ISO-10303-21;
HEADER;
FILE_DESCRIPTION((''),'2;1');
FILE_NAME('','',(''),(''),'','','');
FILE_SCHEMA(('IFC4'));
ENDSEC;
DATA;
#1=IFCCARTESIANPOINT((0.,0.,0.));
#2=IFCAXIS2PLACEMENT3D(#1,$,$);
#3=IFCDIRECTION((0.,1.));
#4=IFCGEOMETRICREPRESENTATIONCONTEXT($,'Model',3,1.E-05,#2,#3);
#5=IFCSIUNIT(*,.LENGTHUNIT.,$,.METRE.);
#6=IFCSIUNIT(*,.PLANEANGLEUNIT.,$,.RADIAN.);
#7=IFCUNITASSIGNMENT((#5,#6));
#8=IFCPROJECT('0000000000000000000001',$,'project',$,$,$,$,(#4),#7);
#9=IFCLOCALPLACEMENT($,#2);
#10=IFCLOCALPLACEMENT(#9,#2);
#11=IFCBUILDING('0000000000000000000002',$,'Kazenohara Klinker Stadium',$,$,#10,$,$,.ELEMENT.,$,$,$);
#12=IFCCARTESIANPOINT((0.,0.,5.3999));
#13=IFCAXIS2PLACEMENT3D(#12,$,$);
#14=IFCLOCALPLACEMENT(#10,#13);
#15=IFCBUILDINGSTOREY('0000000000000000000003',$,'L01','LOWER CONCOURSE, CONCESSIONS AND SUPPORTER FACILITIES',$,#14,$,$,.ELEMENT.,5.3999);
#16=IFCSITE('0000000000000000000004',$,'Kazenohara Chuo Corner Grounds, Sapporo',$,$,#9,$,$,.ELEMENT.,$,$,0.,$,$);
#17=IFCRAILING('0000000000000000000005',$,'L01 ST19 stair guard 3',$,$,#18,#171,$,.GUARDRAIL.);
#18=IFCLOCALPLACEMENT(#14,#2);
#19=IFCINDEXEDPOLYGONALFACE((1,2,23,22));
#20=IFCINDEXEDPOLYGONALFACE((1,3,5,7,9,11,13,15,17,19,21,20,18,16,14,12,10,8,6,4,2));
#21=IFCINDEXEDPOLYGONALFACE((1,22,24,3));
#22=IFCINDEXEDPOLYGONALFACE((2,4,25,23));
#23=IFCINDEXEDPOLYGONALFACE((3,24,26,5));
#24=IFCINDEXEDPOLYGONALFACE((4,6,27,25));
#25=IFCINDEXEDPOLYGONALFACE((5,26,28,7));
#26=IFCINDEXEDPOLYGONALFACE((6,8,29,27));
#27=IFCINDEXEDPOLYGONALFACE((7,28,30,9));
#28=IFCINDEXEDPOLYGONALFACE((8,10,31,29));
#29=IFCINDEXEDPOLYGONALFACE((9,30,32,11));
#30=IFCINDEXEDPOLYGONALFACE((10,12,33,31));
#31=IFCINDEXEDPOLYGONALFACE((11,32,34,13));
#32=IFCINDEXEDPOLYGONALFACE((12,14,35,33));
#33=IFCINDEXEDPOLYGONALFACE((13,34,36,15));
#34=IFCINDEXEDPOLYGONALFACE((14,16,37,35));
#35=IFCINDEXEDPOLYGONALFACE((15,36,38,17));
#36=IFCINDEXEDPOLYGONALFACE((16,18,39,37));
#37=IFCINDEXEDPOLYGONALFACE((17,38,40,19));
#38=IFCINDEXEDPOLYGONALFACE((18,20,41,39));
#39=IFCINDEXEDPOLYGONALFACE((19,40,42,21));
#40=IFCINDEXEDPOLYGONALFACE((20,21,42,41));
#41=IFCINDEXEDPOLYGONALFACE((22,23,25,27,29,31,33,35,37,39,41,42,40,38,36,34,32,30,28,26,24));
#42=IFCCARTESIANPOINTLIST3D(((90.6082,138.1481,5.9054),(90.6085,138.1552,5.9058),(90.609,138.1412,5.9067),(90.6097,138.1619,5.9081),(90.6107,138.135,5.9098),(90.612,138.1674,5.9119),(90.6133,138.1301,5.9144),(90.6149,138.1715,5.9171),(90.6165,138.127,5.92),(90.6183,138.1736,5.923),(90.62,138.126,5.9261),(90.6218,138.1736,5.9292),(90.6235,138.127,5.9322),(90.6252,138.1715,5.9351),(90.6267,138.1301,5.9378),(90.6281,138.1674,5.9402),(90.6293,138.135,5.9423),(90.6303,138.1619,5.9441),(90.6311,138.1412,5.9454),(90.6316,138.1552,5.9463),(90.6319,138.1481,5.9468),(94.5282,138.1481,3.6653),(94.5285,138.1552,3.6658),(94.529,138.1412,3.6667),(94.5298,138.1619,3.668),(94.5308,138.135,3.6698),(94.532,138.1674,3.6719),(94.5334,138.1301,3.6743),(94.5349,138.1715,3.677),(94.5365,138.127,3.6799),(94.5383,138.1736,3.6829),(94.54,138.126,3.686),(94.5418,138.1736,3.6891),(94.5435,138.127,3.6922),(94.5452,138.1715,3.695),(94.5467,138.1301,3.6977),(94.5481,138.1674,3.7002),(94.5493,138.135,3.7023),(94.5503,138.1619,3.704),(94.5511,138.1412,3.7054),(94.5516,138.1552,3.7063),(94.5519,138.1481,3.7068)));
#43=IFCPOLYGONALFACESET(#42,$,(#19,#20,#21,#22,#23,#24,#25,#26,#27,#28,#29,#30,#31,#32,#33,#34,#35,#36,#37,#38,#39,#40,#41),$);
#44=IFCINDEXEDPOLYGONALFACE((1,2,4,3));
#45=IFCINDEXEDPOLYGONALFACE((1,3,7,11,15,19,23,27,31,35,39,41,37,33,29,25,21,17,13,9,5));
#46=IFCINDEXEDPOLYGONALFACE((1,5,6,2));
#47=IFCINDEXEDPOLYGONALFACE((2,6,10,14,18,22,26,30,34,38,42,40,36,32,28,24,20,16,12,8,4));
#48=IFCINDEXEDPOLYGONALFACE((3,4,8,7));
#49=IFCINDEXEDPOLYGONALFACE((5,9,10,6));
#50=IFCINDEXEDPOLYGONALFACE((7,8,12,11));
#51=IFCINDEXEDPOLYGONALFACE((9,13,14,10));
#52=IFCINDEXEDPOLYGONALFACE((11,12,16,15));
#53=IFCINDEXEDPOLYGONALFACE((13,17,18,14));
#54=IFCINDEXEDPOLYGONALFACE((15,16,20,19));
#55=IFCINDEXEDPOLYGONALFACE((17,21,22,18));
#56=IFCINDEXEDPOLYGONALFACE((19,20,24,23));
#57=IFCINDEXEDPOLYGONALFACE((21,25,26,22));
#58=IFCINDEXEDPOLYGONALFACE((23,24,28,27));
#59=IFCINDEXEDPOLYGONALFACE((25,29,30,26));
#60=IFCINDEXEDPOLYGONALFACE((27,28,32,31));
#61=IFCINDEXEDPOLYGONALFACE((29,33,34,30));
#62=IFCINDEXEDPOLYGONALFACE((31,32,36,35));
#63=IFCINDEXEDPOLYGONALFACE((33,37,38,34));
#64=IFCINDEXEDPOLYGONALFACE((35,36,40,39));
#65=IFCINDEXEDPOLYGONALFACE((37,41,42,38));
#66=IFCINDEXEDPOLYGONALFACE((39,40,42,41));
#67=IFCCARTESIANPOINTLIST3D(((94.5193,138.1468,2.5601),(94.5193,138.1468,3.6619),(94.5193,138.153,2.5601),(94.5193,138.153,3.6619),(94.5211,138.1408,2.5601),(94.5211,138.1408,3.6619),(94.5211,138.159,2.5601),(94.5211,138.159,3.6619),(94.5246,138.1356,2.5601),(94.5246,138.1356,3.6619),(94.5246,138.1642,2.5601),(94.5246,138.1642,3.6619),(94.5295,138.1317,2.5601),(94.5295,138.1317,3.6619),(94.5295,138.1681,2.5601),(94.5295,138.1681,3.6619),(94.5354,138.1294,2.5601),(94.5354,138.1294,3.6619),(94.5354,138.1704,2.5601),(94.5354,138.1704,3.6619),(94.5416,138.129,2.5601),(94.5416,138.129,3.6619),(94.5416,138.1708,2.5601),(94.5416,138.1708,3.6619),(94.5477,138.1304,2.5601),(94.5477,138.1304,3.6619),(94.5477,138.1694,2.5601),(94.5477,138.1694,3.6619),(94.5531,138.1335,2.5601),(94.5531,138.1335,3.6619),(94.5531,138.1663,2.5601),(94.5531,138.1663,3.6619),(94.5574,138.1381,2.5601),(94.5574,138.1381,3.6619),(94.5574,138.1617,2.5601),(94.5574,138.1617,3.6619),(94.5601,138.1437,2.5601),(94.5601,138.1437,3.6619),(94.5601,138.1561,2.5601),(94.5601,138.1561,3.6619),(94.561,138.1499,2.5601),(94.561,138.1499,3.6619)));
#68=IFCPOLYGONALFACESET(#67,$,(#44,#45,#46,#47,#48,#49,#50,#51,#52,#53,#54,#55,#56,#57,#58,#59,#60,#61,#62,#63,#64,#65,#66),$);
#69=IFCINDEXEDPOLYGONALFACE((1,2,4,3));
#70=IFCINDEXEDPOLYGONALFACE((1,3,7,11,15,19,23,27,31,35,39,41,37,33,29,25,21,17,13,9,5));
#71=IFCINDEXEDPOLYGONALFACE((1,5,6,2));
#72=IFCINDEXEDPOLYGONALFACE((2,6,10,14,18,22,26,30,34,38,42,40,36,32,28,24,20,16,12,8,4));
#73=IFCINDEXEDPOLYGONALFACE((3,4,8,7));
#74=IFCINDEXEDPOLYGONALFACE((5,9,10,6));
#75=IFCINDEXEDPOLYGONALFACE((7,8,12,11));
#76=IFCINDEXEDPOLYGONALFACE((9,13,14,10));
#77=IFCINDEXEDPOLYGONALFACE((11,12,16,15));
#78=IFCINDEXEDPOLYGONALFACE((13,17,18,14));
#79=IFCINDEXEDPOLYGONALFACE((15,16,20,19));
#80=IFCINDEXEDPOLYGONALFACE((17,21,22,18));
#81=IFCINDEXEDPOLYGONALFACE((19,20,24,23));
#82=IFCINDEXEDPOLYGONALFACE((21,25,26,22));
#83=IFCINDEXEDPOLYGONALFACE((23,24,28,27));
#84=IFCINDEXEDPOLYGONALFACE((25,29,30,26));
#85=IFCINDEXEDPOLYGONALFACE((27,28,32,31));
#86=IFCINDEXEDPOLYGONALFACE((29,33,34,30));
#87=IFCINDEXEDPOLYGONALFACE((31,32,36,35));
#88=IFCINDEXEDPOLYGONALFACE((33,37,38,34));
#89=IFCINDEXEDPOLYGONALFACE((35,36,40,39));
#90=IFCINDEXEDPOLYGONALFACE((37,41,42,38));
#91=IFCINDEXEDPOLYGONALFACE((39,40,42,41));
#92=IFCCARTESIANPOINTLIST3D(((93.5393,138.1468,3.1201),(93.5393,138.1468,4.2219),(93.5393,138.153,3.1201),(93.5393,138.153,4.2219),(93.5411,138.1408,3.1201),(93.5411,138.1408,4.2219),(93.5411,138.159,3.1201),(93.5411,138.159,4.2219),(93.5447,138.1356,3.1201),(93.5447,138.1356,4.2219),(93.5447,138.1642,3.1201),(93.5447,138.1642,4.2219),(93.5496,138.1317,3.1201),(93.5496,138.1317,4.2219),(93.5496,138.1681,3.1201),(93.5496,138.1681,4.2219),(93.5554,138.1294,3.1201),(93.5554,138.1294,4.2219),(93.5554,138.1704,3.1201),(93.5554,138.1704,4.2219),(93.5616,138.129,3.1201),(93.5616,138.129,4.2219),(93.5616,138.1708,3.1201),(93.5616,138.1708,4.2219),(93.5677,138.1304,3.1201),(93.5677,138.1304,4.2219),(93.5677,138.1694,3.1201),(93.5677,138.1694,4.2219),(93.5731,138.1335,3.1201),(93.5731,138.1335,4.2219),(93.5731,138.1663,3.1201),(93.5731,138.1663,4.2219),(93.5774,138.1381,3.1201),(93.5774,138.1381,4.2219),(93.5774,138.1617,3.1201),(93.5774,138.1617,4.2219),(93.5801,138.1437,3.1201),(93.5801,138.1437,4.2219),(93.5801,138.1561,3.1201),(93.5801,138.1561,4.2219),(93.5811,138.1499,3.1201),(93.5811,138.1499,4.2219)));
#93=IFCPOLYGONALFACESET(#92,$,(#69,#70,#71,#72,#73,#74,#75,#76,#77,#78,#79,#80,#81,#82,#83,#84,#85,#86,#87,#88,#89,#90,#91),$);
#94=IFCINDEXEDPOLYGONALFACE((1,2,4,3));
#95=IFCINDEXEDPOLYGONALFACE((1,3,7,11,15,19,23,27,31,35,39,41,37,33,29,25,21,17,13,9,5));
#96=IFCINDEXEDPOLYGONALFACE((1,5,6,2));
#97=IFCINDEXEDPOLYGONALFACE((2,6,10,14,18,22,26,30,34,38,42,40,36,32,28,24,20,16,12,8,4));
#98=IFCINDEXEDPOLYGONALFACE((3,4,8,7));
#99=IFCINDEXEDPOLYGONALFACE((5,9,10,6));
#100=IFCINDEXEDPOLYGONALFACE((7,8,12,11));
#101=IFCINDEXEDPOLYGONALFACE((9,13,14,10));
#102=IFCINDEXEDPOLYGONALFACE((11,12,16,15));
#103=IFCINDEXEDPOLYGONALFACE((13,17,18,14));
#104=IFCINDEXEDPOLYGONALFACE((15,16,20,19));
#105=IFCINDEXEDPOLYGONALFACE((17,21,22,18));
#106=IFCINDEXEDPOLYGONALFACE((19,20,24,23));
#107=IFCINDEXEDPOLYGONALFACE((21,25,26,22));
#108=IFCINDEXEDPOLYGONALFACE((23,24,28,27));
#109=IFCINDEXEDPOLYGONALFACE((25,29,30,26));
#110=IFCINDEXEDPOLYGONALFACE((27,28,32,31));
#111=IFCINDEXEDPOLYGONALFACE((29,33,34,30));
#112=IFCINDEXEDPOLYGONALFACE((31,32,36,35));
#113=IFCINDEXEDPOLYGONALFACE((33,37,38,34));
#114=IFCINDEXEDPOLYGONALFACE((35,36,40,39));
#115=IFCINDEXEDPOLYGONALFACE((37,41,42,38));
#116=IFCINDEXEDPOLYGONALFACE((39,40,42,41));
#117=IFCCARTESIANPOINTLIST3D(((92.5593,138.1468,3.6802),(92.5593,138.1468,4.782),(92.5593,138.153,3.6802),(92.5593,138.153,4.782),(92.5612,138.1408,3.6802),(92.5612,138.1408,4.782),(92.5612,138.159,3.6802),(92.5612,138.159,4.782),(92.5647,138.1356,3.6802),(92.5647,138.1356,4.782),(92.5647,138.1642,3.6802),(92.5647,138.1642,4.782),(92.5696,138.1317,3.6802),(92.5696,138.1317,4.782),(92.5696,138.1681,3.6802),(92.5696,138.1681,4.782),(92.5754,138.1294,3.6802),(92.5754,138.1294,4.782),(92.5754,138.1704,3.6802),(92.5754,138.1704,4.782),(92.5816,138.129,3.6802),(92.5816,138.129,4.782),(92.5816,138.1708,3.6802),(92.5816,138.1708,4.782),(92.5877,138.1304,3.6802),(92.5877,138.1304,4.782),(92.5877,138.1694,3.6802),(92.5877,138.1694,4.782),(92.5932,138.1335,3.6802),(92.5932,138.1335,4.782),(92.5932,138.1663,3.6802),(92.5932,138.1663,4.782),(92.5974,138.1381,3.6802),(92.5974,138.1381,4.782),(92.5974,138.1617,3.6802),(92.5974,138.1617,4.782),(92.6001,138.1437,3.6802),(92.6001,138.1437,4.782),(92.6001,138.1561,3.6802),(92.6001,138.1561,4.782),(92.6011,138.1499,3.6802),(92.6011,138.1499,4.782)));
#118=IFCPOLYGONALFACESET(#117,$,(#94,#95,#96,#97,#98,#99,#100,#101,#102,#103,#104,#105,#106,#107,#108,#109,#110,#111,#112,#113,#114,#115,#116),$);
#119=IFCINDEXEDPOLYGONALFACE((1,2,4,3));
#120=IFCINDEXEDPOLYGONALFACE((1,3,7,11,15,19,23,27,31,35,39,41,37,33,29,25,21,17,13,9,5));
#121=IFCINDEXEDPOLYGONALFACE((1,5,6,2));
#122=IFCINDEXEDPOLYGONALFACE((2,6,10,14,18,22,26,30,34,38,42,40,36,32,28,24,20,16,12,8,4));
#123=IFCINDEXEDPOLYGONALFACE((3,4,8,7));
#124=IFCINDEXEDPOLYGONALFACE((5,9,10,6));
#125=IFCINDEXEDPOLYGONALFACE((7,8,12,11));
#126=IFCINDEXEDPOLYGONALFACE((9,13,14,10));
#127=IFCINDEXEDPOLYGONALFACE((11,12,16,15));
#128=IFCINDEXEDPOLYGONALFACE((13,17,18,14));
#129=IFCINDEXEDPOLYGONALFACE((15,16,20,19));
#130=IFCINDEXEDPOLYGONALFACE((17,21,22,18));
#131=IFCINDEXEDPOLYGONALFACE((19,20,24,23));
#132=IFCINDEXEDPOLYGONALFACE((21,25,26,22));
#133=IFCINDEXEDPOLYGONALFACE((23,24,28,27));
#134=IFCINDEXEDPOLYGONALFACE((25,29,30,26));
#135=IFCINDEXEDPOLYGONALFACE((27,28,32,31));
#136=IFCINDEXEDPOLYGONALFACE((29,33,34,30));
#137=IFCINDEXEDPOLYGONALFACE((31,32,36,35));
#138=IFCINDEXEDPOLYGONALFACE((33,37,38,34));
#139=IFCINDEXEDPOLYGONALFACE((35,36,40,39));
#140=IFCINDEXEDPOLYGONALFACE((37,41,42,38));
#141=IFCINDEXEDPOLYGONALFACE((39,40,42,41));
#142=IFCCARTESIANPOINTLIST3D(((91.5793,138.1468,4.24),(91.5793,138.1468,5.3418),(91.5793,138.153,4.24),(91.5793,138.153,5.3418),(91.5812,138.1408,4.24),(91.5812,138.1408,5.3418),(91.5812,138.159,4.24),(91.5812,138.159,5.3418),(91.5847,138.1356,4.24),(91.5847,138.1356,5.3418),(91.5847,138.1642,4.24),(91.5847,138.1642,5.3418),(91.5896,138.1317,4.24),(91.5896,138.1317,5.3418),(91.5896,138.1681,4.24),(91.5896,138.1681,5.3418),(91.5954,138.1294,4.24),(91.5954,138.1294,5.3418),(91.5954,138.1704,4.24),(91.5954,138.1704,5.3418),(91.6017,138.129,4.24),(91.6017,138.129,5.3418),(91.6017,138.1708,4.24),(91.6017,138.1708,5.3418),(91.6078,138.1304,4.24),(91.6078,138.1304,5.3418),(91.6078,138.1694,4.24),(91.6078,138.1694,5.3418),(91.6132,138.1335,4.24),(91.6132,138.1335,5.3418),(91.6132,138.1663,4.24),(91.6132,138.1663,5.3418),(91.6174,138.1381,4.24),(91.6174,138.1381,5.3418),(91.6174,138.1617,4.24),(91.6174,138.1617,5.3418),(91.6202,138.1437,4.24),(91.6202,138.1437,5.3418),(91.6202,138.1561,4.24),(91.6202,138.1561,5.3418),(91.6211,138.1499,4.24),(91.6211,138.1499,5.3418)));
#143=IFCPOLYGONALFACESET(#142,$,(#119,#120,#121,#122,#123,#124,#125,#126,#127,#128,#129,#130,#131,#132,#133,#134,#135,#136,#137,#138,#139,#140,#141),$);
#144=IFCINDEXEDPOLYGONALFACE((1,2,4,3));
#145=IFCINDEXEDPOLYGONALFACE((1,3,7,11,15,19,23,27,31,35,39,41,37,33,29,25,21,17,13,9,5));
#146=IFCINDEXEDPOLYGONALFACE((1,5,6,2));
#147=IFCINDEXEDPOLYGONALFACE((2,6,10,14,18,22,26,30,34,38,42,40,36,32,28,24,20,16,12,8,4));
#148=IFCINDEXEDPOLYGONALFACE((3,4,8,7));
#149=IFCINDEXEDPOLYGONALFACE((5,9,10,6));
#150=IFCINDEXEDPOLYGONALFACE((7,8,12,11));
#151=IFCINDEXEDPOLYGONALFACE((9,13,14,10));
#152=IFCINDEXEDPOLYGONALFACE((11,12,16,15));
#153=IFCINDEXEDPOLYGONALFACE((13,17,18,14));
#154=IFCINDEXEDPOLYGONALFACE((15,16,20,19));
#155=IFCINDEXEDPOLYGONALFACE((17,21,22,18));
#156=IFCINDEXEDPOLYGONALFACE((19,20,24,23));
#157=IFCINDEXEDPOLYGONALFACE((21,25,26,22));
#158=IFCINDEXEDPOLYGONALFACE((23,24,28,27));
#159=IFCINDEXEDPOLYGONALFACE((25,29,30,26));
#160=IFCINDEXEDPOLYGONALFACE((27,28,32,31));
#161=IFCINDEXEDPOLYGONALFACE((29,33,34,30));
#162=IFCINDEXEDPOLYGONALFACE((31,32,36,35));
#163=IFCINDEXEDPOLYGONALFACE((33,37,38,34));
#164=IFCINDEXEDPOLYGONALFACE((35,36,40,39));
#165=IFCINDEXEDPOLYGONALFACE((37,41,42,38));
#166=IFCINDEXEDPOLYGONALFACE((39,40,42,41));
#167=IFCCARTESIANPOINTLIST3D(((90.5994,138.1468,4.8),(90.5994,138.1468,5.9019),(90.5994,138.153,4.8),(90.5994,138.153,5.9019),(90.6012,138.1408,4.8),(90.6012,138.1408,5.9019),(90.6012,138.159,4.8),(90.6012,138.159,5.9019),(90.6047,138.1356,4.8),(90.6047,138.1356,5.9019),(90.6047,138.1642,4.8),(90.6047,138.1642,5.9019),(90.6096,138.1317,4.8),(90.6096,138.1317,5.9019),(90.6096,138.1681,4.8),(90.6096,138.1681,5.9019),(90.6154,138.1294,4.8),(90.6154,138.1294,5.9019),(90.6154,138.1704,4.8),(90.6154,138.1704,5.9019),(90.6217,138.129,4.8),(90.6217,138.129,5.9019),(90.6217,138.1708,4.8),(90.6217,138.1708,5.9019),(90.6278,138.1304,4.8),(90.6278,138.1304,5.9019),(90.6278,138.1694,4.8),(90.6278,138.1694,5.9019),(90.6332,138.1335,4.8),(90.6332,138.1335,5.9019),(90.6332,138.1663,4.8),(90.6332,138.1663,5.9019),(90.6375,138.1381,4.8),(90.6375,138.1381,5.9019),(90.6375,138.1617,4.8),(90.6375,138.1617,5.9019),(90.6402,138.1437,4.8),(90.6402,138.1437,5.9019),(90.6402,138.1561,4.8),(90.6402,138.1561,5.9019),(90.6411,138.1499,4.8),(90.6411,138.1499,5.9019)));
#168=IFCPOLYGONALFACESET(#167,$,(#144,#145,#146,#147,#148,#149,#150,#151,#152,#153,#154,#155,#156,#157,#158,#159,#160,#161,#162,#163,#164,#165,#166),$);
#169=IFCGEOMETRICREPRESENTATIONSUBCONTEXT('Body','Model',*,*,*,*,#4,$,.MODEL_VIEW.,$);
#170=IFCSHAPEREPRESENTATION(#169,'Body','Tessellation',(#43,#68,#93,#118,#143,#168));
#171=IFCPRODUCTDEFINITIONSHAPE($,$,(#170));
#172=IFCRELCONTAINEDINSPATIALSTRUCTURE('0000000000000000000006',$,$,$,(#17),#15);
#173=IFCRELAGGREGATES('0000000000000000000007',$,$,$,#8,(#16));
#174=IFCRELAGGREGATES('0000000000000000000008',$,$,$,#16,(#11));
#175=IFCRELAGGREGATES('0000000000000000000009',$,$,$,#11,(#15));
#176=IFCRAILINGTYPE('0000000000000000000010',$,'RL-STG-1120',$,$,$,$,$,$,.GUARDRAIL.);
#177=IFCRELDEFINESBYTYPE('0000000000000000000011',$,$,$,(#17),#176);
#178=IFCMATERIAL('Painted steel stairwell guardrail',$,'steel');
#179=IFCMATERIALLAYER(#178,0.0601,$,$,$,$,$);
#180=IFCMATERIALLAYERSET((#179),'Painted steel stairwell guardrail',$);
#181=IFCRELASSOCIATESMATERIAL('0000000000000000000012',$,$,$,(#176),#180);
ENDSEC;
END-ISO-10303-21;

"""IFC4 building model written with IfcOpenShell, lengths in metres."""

from ifc_helpers import new_model, si_unit, direction, frame, origin, origin_2d, place, context, subcontext, project, spatial, circle, extrude, material, layer, layer_set, type_object, element, save


model = new_model("IFC4")

# Units and contexts
model_context = context("Model", 3, precision=1e-05, world=origin(), true_north=direction((0.0, 1.0)))
body_context = subcontext(model_context, "Body", "Model", "MODEL_VIEW")
ifc_project = project(units=[si_unit("LENGTHUNIT", "METRE"), si_unit("PLANEANGLEUNIT", "RADIAN")], contexts=[model_context])

# Site, building, storey
site_placement = place(None, origin())
site = spatial("IfcSite", under=ifc_project, at=site_placement, Name="Kazenohara Chuo Corner Grounds, Sapporo", CompositionType="ELEMENT", RefElevation=0.0)
building_placement = place(site_placement, origin())
building = spatial("IfcBuilding", under=site, at=building_placement, Name="Kazenohara Klinker Stadium", CompositionType="ELEMENT")
storey_placement = place(building_placement, frame((0.0, 0.0, 5.3999)))
storey = spatial("IfcBuildingStorey", under=building, at=storey_placement, Name="L01", Description="LOWER CONCOURSE, CONCESSIONS AND SUPPORTER FACILITIES", CompositionType="ELEMENT", Elevation=5.3999)

# Railing
ifc_material_1 = material(Name="Painted steel stairwell guardrail", Category="steel")
ifc_layer_1 = layer(ifc_material_1, 0.0601)
ifc_layer_set_1 = layer_set([ifc_layer_1], Name="Painted steel stairwell guardrail")
railing_type_1 = type_object("IfcRailingType", Name="RL-STG-1120", PredefinedType="GUARDRAIL", material=ifc_layer_set_1)
railing_1_placement = place(storey_placement, frame((94.54, 138.1499, 2.5601)))
element("IfcRailing", 1, at=railing_1_placement, inside=storey, type_object=railing_type_1, Name="L01 ST19 stair guard 3", PredefinedType="GUARDRAIL", context=body_context, shape_type="SweptSolid", body=[
    extrude(circle(Radius=0.0239, at=origin_2d()), frame((0.0, 0.0, 1.126), z_axis=(-0.86824, 0.0, 0.496145), x_axis=(0.0, -1.0, 0.0)), (0.0, 0.0, 1.0), 4.5149),
    extrude(circle(Radius=0.021, at=origin_2d()), origin(), (0.0, 0.0, 1.0), 1.1018),
    extrude(circle(Radius=0.021, at=origin_2d()), frame((-0.98, 0.0, 0.5601)), (0.0, 0.0, 1.0), 1.1018),
    extrude(circle(Radius=0.021, at=origin_2d()), frame((-1.96, 0.0, 1.1201)), (0.0, 0.0, 1.0), 1.1018),
    extrude(circle(Radius=0.021, at=origin_2d()), frame((-2.9399, 0.0, 1.6799)), (0.0, 0.0, 1.0), 1.1018),
    extrude(circle(Radius=0.021, at=origin_2d()), frame((-3.9199, 0.0, 2.24)), (0.0, 0.0, 1.0), 1.1018),
])

save(model, "model.ifc")
